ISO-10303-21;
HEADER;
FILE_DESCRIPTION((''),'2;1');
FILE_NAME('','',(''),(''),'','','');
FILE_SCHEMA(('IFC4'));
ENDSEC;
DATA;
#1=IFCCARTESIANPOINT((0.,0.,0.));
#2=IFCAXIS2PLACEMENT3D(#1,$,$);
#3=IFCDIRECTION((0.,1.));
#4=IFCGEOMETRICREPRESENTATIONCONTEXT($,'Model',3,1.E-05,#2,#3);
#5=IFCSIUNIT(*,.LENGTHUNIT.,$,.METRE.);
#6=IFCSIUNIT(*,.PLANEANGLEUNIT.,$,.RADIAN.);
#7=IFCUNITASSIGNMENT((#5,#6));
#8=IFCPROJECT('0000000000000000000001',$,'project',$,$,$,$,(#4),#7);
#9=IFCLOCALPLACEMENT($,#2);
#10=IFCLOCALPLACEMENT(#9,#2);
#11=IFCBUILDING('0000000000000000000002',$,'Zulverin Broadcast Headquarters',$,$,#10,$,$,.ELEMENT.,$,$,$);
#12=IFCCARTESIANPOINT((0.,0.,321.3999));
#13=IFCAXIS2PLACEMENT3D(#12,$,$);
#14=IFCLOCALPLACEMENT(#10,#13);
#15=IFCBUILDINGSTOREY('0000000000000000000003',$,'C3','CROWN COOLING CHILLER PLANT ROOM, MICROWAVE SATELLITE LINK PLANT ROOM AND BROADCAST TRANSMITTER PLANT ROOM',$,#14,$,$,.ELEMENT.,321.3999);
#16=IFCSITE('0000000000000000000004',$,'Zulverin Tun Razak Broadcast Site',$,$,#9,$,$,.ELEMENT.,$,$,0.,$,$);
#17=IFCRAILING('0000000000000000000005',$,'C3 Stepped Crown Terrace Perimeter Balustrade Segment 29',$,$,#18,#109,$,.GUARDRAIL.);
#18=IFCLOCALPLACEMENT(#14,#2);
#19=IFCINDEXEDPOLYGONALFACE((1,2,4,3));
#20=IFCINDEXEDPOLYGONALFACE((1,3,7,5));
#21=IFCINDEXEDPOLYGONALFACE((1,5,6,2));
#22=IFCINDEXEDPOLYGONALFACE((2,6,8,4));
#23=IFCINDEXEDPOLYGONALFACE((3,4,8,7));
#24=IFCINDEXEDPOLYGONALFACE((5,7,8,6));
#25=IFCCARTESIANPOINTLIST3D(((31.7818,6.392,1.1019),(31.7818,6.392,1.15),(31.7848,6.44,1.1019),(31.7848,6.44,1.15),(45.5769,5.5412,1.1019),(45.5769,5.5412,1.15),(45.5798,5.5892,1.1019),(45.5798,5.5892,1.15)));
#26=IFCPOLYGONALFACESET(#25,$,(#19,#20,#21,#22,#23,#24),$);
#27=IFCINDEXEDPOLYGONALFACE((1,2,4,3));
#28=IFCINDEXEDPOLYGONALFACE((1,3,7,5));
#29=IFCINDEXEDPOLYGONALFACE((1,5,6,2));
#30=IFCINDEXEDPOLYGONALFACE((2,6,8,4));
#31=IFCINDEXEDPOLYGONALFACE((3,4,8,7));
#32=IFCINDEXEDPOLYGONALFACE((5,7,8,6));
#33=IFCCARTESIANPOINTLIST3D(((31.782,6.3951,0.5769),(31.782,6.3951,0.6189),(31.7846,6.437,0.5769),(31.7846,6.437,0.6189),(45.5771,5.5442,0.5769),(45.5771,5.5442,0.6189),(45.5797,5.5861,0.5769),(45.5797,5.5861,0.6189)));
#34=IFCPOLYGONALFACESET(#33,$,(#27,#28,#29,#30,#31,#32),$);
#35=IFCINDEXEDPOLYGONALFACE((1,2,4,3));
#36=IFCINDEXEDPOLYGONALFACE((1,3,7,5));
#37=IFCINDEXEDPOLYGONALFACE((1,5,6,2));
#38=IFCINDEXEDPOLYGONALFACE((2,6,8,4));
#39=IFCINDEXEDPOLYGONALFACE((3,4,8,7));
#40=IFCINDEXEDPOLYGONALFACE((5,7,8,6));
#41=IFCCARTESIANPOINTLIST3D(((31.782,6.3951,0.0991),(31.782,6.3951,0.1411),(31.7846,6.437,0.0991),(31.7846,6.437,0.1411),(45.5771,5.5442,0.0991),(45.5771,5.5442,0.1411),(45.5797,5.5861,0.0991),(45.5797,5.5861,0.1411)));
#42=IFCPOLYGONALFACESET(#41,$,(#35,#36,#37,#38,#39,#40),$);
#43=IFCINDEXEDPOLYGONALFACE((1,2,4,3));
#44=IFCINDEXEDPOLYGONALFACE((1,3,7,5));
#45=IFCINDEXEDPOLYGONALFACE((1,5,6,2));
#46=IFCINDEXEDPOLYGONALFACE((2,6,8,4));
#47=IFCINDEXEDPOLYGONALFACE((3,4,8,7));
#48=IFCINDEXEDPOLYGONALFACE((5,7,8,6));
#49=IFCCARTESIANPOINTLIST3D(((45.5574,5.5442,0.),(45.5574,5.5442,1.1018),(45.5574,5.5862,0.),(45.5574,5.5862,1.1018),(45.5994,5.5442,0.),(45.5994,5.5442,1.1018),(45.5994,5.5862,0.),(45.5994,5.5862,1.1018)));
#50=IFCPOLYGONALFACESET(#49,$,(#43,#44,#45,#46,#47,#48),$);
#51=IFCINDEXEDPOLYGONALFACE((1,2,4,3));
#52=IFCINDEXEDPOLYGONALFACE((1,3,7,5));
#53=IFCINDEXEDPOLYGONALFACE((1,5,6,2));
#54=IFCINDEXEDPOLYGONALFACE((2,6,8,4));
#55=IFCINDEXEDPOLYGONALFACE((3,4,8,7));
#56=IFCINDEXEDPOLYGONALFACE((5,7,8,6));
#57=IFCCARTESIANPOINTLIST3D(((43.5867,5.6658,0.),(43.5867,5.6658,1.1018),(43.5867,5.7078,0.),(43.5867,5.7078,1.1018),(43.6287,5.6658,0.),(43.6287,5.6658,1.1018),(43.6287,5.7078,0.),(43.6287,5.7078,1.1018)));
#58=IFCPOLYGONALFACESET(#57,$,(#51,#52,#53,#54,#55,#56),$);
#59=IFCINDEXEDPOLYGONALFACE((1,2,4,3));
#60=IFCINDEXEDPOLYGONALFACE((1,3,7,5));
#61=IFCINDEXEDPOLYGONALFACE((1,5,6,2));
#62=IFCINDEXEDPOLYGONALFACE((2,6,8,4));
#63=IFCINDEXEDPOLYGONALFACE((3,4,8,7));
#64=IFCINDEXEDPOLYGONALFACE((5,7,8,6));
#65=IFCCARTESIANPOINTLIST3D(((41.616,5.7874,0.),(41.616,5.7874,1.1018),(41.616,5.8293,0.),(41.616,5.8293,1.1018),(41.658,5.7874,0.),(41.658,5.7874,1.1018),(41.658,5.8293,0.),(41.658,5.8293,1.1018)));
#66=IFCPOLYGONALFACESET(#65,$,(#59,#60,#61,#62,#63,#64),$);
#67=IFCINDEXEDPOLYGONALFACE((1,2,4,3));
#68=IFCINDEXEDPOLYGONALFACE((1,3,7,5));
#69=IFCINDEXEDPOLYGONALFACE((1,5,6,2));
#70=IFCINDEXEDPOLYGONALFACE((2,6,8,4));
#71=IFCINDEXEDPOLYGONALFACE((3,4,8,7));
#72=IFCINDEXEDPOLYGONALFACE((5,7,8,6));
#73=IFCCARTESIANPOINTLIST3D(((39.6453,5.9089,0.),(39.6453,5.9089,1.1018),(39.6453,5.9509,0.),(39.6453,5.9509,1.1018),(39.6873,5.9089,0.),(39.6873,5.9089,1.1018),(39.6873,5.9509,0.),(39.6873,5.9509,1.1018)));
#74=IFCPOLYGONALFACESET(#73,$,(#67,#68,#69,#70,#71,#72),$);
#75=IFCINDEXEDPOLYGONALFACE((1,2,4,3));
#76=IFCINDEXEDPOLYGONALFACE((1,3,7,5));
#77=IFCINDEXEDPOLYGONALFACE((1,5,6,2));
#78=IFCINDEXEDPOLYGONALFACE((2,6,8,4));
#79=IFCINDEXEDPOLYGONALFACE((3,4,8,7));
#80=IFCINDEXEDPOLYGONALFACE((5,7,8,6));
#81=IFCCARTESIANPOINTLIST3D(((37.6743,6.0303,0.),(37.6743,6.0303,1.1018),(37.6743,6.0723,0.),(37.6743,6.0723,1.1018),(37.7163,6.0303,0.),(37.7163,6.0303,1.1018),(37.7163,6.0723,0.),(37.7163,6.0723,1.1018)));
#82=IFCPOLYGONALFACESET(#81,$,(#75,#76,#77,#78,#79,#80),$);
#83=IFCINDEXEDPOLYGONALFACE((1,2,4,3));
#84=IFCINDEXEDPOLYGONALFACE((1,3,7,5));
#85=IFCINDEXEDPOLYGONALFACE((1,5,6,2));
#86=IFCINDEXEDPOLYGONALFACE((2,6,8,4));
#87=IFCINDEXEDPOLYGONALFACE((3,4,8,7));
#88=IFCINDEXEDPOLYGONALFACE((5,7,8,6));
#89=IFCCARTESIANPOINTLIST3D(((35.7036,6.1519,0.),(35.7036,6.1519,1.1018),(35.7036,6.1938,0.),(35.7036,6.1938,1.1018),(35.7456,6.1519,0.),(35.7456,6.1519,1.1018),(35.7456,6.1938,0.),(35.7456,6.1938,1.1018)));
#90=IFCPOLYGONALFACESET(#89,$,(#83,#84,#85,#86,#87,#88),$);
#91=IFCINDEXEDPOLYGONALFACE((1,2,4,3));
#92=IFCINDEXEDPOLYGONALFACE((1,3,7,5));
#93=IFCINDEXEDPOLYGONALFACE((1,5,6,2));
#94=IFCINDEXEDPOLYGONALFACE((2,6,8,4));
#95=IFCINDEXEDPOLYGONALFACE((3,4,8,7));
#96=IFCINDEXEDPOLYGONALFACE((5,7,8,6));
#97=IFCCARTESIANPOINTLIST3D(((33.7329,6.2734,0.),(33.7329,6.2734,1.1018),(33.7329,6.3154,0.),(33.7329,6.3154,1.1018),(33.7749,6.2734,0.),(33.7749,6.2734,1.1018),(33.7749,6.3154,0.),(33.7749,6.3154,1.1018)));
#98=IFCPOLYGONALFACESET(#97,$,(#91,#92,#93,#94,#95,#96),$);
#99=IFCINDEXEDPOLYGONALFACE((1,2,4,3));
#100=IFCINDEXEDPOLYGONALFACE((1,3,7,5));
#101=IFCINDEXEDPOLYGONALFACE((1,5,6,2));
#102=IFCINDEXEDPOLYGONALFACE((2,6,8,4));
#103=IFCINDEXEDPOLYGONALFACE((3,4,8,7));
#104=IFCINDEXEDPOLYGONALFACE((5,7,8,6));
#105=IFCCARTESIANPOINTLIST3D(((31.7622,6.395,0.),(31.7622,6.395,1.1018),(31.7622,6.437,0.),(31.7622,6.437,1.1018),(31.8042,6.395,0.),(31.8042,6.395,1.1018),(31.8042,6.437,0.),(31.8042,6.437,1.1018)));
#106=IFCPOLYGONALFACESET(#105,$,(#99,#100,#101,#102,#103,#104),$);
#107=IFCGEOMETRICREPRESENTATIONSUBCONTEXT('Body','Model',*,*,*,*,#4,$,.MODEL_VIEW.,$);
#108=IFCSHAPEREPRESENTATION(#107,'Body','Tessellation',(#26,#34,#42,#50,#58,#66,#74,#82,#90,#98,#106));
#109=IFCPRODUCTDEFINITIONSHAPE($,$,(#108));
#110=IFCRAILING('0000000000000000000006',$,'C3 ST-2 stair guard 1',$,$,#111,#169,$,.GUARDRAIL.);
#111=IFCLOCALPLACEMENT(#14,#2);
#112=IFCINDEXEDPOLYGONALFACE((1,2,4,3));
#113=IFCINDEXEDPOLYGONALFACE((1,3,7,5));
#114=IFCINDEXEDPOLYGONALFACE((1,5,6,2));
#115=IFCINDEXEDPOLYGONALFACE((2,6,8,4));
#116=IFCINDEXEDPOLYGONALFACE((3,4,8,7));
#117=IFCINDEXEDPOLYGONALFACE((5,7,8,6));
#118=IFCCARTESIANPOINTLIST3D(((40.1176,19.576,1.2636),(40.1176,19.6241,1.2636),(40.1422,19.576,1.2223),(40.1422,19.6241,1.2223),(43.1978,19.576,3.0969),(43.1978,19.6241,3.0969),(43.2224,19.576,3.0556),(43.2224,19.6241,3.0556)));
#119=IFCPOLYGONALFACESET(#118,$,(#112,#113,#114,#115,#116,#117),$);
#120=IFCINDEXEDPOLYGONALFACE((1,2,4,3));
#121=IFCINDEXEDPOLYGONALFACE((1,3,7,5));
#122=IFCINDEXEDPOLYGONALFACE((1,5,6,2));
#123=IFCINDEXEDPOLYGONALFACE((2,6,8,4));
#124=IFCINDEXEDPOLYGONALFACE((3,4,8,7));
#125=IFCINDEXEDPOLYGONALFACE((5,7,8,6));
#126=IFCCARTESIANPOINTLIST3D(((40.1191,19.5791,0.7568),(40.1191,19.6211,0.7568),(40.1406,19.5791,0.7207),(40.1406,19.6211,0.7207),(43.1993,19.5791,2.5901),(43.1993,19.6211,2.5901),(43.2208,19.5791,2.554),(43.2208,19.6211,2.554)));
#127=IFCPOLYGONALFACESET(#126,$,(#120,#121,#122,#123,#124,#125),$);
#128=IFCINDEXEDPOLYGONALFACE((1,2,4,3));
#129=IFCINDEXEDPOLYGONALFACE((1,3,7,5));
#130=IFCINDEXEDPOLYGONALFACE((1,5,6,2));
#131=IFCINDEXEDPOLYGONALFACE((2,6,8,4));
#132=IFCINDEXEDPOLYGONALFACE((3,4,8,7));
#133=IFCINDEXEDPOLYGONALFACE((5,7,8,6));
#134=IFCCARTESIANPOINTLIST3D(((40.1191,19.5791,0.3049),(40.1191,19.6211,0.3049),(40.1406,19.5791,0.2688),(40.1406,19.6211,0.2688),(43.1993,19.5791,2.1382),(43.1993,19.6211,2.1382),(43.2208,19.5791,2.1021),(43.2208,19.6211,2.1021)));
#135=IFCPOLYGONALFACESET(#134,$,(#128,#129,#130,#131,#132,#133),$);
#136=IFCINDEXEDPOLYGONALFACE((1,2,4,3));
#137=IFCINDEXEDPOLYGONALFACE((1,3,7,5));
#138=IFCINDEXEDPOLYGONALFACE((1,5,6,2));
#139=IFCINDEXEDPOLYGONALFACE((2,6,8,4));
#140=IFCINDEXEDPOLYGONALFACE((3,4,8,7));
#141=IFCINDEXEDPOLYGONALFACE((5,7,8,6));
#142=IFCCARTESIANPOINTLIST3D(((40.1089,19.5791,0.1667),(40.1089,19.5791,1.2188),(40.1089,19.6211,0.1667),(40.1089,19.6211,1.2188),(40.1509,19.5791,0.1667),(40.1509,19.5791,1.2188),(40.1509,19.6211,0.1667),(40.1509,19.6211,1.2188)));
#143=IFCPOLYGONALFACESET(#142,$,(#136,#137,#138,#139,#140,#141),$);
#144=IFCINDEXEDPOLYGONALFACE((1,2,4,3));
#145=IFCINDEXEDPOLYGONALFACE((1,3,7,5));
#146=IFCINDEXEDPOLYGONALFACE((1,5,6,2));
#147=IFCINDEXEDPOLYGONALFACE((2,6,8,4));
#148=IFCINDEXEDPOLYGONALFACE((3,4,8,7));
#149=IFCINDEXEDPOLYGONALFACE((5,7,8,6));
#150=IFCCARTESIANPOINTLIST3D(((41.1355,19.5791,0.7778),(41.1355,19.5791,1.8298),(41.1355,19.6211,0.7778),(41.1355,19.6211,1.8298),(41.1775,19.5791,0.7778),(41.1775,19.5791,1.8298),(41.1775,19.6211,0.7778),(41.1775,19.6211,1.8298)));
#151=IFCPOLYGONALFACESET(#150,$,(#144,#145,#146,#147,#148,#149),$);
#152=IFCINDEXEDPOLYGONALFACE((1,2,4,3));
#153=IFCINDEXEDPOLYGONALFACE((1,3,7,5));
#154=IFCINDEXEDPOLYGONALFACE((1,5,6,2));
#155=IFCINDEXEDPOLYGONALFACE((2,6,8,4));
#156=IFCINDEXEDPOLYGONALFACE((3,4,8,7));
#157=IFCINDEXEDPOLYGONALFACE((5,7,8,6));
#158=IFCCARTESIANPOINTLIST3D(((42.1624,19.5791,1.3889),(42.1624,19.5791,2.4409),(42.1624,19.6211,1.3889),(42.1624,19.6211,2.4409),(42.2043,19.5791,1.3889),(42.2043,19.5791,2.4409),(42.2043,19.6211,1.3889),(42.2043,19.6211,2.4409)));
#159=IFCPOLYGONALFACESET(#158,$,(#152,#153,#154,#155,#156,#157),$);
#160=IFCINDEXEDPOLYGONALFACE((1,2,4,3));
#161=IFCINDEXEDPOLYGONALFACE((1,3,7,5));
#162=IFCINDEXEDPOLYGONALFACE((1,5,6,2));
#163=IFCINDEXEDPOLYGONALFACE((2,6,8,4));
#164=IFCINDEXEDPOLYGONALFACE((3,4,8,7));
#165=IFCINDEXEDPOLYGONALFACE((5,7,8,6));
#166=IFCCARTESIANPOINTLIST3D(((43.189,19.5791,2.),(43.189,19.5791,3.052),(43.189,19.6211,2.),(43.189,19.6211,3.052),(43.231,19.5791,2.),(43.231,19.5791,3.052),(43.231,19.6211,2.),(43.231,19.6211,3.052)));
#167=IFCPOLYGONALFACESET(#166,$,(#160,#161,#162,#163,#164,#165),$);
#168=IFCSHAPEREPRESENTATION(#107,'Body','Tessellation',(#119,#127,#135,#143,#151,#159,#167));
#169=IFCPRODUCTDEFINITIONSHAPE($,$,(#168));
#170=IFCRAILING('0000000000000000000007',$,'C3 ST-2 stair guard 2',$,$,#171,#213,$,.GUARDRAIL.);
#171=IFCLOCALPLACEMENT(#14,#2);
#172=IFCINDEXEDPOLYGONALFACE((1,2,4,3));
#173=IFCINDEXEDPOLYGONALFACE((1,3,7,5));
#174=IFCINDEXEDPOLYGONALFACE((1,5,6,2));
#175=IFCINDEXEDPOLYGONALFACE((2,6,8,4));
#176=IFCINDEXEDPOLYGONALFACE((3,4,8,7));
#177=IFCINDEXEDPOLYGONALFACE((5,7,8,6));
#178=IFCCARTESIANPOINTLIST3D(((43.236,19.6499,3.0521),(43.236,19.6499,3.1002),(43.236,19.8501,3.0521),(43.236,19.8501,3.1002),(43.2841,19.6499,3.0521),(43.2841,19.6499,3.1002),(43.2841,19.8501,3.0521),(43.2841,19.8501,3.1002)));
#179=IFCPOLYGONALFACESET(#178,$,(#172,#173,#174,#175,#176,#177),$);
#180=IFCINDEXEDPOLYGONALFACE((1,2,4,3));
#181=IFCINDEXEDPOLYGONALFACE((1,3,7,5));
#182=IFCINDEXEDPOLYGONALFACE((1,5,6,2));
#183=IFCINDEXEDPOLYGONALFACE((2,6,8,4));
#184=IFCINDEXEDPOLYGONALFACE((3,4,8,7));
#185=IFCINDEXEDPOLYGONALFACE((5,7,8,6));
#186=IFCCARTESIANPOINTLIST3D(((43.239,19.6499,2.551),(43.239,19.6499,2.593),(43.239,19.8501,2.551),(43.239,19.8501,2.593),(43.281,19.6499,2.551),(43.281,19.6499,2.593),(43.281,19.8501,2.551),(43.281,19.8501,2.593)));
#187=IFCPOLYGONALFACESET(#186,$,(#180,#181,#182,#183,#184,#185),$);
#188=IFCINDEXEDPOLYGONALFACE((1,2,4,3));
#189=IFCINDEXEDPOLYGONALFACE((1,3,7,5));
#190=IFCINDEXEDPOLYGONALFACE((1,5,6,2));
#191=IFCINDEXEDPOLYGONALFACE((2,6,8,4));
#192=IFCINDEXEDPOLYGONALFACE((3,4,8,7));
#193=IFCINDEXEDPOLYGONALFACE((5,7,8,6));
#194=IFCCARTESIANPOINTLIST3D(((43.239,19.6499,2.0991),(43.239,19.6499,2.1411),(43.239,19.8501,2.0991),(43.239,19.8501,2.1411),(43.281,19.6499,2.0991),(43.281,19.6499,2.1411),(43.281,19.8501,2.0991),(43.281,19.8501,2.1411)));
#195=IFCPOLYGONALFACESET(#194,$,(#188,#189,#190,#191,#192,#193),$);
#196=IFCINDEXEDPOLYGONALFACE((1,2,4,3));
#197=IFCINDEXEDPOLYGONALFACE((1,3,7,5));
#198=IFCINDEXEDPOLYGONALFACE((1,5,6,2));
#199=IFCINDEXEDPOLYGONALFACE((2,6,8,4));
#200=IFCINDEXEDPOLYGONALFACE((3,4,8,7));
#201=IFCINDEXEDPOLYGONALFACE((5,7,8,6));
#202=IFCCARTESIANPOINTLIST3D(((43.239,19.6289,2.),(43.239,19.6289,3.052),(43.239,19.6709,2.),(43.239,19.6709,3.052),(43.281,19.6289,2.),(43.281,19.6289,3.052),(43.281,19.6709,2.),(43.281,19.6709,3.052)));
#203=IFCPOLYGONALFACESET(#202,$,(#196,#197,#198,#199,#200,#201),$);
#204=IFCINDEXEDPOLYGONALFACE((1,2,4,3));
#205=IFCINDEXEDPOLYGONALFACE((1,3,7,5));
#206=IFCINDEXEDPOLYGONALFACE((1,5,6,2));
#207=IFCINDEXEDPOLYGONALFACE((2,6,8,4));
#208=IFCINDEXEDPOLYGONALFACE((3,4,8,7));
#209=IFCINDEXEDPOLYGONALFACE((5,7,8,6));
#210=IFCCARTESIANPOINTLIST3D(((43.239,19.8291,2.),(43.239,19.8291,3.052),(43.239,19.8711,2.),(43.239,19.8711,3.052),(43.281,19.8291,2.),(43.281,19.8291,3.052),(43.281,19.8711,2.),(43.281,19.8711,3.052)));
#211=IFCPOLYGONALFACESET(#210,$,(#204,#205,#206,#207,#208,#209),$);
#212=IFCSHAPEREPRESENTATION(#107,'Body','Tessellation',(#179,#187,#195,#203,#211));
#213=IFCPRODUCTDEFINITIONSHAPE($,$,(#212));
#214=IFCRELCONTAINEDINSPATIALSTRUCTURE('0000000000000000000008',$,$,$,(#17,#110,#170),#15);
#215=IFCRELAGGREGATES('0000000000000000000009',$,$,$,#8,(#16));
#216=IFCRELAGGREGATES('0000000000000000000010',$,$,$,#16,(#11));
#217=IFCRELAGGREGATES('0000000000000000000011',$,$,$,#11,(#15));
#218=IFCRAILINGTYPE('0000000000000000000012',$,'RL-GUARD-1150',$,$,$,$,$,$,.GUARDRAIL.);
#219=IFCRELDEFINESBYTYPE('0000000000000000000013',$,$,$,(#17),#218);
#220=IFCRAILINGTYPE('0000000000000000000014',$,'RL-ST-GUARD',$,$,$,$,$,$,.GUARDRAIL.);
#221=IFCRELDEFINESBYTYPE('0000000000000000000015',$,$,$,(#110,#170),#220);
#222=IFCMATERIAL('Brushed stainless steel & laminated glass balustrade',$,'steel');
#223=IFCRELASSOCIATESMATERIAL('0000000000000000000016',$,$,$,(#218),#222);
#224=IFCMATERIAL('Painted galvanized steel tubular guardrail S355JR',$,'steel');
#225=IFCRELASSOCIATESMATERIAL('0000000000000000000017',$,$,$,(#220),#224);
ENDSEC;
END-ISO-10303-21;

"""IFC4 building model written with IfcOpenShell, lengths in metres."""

from ifc_helpers import new_model, si_unit, direction, frame, origin, origin_2d, place, context, subcontext, project, spatial, rectangle, extrude, material, type_object, element, save


model = new_model("IFC4")

# Units and contexts
model_context = context("Model", 3, precision=1e-05, world=origin(), true_north=direction((0.0, 1.0)))
body_context = subcontext(model_context, "Body", "Model", "MODEL_VIEW")
ifc_project = project(units=[si_unit("LENGTHUNIT", "METRE"), si_unit("PLANEANGLEUNIT", "RADIAN")], contexts=[model_context])

# Site, building, storey
site_placement = place(None, origin())
site = spatial("IfcSite", under=ifc_project, at=site_placement, Name="Zulverin Tun Razak Broadcast Site", CompositionType="ELEMENT", RefElevation=0.0)
building_placement = place(site_placement, origin())
building = spatial("IfcBuilding", under=site, at=building_placement, Name="Zulverin Broadcast Headquarters", CompositionType="ELEMENT")
storey_placement = place(building_placement, frame((0.0, 0.0, 321.3999)))
storey = spatial("IfcBuildingStorey", under=building, at=storey_placement, Name="C3", Description="CROWN COOLING CHILLER PLANT ROOM, MICROWAVE SATELLITE LINK PLANT ROOM AND BROADCAST TRANSMITTER PLANT ROOM", CompositionType="ELEMENT", Elevation=321.3999)

# Railings
ifc_material_1 = material(Name="Brushed stainless steel & laminated glass balustrade", Category="steel")
railing_type_1 = type_object("IfcRailingType", Name="RL-GUARD-1150", PredefinedType="GUARDRAIL", material=ifc_material_1)
railing_1_placement = place(storey_placement, frame((45.5784, 5.5652, 0.0)))
element("IfcRailing", 1, at=railing_1_placement, inside=storey, type_object=railing_type_1, Name="C3 Stepped Crown Terrace Perimeter Balustrade Segment 29", PredefinedType="GUARDRAIL", context=body_context, shape_type="SweptSolid", body=[
    extrude(rectangle(XDim=0.0481, YDim=0.0481, at=origin_2d()), frame((0.0, 0.0, 1.126), z_axis=(-0.998103, 0.061559, 0.0), x_axis=(-0.061559, -0.998103, 0.0)), (0.0, 0.0, 1.0), 13.8213),
    extrude(rectangle(XDim=0.042, YDim=0.042, at=origin_2d()), frame((0.0, 0.0, 0.5979), z_axis=(-0.998103, 0.061559, 0.0), x_axis=(-0.061559, -0.998103, 0.0)), (0.0, 0.0, 1.0), 13.8213),
    extrude(rectangle(XDim=0.042, YDim=0.042, at=origin_2d()), frame((0.0, 0.0, 0.1201), z_axis=(-0.998103, 0.061559, 0.0), x_axis=(-0.061559, -0.998103, 0.0)), (0.0, 0.0, 1.0), 13.8213),
    extrude(rectangle(XDim=0.042, YDim=0.042, at=origin_2d()), origin(), (0.0, 0.0, 1.0), 1.1018),
    extrude(rectangle(XDim=0.042, YDim=0.042, at=origin_2d()), frame((-1.9707, 0.1216, 0.0)), (0.0, 0.0, 1.0), 1.1018),
    extrude(rectangle(XDim=0.042, YDim=0.042, at=origin_2d()), frame((-3.9414, 0.2432, 0.0)), (0.0, 0.0, 1.0), 1.1018),
    extrude(rectangle(XDim=0.042, YDim=0.042, at=origin_2d()), frame((-5.9121, 0.3647, 0.0)), (0.0, 0.0, 1.0), 1.1018),
    extrude(rectangle(XDim=0.042, YDim=0.042, at=origin_2d()), frame((-7.8831, 0.4861, 0.0)), (0.0, 0.0, 1.0), 1.1018),
    extrude(rectangle(XDim=0.042, YDim=0.042, at=origin_2d()), frame((-9.8538, 0.6077, 0.0)), (0.0, 0.0, 1.0), 1.1018),
    extrude(rectangle(XDim=0.042, YDim=0.042, at=origin_2d()), frame((-11.8245, 0.7292, 0.0)), (0.0, 0.0, 1.0), 1.1018),
    extrude(rectangle(XDim=0.042, YDim=0.042, at=origin_2d()), frame((-13.7952, 0.8508, 0.0)), (0.0, 0.0, 1.0), 1.1018),
])
ifc_material_2 = material(Name="Painted galvanized steel tubular guardrail S355JR", Category="steel")
railing_type_2 = type_object("IfcRailingType", Name="RL-ST-GUARD", PredefinedType="GUARDRAIL", material=ifc_material_2)
railing_2_placement = place(storey_placement, frame((40.1299, 19.6001, 0.1667)))
element("IfcRailing", 2, at=railing_2_placement, inside=storey, type_object=railing_type_2, Name="C3 ST-2 stair guard 1", PredefinedType="GUARDRAIL", context=body_context, shape_type="SweptSolid", body=[
    extrude(rectangle(XDim=0.0481, YDim=0.0481, at=origin_2d()), frame((0.0, 0.0, 1.0762), z_axis=(0.859309, 0.0, 0.511458), x_axis=(0.0, 1.0, 0.0)), (0.0, 0.0, 1.0), 3.5845),
    extrude(rectangle(XDim=0.042, YDim=0.042, at=origin_2d()), frame((0.0, 0.0, 0.572), z_axis=(0.859309, 0.0, 0.511458), x_axis=(0.0, 1.0, 0.0)), (0.0, 0.0, 1.0), 3.5845),
    extrude(rectangle(XDim=0.042, YDim=0.042, at=origin_2d()), frame((0.0, 0.0, 0.1201), z_axis=(0.859309, 0.0, 0.511458), x_axis=(0.0, 1.0, 0.0)), (0.0, 0.0, 1.0), 3.5845),
    extrude(rectangle(XDim=0.042, YDim=0.042, at=origin_2d()), origin(), (0.0, 0.0, 1.0), 1.052),
    extrude(rectangle(XDim=0.042, YDim=0.042, at=origin_2d()), frame((1.0266, 0.0, 0.6111)), (0.0, 0.0, 1.0), 1.052),
    extrude(rectangle(XDim=0.042, YDim=0.042, at=origin_2d()), frame((2.0535, 0.0, 1.2222)), (0.0, 0.0, 1.0), 1.052),
    extrude(rectangle(XDim=0.042, YDim=0.042, at=origin_2d()), frame((3.0801, 0.0, 1.8333)), (0.0, 0.0, 1.0), 1.052),
])
railing_3_placement = place(storey_placement, frame((43.26, 19.6499, 2.0)))
element("IfcRailing", 3, at=railing_3_placement, inside=storey, type_object=railing_type_2, Name="C3 ST-2 stair guard 2", PredefinedType="GUARDRAIL", context=body_context, shape_type="SweptSolid", body=[
    extrude(rectangle(XDim=0.0481, YDim=0.0481, at=origin_2d()), frame((0.0, 0.0, 1.0762), z_axis=(0.0, 1.0, 0.0), x_axis=(-1.0, 0.0, 0.0)), (0.0, 0.0, 1.0), 0.2002),
    extrude(rectangle(XDim=0.042, YDim=0.042, at=origin_2d()), frame((0.0, 0.0, 0.572), z_axis=(0.0, 1.0, 0.0), x_axis=(-1.0, 0.0, 0.0)), (0.0, 0.0, 1.0), 0.2002),
    extrude(rectangle(XDim=0.042, YDim=0.042, at=origin_2d()), frame((0.0, 0.0, 0.1201), z_axis=(0.0, 1.0, 0.0), x_axis=(-1.0, 0.0, 0.0)), (0.0, 0.0, 1.0), 0.2002),
    extrude(rectangle(XDim=0.042, YDim=0.042, at=origin_2d()), origin(), (0.0, 0.0, 1.0), 1.052),
    extrude(rectangle(XDim=0.042, YDim=0.042, at=origin_2d()), frame((0.0, 0.2002, 0.0)), (0.0, 0.0, 1.0), 1.052),
])

save(model, "model.ifc")
